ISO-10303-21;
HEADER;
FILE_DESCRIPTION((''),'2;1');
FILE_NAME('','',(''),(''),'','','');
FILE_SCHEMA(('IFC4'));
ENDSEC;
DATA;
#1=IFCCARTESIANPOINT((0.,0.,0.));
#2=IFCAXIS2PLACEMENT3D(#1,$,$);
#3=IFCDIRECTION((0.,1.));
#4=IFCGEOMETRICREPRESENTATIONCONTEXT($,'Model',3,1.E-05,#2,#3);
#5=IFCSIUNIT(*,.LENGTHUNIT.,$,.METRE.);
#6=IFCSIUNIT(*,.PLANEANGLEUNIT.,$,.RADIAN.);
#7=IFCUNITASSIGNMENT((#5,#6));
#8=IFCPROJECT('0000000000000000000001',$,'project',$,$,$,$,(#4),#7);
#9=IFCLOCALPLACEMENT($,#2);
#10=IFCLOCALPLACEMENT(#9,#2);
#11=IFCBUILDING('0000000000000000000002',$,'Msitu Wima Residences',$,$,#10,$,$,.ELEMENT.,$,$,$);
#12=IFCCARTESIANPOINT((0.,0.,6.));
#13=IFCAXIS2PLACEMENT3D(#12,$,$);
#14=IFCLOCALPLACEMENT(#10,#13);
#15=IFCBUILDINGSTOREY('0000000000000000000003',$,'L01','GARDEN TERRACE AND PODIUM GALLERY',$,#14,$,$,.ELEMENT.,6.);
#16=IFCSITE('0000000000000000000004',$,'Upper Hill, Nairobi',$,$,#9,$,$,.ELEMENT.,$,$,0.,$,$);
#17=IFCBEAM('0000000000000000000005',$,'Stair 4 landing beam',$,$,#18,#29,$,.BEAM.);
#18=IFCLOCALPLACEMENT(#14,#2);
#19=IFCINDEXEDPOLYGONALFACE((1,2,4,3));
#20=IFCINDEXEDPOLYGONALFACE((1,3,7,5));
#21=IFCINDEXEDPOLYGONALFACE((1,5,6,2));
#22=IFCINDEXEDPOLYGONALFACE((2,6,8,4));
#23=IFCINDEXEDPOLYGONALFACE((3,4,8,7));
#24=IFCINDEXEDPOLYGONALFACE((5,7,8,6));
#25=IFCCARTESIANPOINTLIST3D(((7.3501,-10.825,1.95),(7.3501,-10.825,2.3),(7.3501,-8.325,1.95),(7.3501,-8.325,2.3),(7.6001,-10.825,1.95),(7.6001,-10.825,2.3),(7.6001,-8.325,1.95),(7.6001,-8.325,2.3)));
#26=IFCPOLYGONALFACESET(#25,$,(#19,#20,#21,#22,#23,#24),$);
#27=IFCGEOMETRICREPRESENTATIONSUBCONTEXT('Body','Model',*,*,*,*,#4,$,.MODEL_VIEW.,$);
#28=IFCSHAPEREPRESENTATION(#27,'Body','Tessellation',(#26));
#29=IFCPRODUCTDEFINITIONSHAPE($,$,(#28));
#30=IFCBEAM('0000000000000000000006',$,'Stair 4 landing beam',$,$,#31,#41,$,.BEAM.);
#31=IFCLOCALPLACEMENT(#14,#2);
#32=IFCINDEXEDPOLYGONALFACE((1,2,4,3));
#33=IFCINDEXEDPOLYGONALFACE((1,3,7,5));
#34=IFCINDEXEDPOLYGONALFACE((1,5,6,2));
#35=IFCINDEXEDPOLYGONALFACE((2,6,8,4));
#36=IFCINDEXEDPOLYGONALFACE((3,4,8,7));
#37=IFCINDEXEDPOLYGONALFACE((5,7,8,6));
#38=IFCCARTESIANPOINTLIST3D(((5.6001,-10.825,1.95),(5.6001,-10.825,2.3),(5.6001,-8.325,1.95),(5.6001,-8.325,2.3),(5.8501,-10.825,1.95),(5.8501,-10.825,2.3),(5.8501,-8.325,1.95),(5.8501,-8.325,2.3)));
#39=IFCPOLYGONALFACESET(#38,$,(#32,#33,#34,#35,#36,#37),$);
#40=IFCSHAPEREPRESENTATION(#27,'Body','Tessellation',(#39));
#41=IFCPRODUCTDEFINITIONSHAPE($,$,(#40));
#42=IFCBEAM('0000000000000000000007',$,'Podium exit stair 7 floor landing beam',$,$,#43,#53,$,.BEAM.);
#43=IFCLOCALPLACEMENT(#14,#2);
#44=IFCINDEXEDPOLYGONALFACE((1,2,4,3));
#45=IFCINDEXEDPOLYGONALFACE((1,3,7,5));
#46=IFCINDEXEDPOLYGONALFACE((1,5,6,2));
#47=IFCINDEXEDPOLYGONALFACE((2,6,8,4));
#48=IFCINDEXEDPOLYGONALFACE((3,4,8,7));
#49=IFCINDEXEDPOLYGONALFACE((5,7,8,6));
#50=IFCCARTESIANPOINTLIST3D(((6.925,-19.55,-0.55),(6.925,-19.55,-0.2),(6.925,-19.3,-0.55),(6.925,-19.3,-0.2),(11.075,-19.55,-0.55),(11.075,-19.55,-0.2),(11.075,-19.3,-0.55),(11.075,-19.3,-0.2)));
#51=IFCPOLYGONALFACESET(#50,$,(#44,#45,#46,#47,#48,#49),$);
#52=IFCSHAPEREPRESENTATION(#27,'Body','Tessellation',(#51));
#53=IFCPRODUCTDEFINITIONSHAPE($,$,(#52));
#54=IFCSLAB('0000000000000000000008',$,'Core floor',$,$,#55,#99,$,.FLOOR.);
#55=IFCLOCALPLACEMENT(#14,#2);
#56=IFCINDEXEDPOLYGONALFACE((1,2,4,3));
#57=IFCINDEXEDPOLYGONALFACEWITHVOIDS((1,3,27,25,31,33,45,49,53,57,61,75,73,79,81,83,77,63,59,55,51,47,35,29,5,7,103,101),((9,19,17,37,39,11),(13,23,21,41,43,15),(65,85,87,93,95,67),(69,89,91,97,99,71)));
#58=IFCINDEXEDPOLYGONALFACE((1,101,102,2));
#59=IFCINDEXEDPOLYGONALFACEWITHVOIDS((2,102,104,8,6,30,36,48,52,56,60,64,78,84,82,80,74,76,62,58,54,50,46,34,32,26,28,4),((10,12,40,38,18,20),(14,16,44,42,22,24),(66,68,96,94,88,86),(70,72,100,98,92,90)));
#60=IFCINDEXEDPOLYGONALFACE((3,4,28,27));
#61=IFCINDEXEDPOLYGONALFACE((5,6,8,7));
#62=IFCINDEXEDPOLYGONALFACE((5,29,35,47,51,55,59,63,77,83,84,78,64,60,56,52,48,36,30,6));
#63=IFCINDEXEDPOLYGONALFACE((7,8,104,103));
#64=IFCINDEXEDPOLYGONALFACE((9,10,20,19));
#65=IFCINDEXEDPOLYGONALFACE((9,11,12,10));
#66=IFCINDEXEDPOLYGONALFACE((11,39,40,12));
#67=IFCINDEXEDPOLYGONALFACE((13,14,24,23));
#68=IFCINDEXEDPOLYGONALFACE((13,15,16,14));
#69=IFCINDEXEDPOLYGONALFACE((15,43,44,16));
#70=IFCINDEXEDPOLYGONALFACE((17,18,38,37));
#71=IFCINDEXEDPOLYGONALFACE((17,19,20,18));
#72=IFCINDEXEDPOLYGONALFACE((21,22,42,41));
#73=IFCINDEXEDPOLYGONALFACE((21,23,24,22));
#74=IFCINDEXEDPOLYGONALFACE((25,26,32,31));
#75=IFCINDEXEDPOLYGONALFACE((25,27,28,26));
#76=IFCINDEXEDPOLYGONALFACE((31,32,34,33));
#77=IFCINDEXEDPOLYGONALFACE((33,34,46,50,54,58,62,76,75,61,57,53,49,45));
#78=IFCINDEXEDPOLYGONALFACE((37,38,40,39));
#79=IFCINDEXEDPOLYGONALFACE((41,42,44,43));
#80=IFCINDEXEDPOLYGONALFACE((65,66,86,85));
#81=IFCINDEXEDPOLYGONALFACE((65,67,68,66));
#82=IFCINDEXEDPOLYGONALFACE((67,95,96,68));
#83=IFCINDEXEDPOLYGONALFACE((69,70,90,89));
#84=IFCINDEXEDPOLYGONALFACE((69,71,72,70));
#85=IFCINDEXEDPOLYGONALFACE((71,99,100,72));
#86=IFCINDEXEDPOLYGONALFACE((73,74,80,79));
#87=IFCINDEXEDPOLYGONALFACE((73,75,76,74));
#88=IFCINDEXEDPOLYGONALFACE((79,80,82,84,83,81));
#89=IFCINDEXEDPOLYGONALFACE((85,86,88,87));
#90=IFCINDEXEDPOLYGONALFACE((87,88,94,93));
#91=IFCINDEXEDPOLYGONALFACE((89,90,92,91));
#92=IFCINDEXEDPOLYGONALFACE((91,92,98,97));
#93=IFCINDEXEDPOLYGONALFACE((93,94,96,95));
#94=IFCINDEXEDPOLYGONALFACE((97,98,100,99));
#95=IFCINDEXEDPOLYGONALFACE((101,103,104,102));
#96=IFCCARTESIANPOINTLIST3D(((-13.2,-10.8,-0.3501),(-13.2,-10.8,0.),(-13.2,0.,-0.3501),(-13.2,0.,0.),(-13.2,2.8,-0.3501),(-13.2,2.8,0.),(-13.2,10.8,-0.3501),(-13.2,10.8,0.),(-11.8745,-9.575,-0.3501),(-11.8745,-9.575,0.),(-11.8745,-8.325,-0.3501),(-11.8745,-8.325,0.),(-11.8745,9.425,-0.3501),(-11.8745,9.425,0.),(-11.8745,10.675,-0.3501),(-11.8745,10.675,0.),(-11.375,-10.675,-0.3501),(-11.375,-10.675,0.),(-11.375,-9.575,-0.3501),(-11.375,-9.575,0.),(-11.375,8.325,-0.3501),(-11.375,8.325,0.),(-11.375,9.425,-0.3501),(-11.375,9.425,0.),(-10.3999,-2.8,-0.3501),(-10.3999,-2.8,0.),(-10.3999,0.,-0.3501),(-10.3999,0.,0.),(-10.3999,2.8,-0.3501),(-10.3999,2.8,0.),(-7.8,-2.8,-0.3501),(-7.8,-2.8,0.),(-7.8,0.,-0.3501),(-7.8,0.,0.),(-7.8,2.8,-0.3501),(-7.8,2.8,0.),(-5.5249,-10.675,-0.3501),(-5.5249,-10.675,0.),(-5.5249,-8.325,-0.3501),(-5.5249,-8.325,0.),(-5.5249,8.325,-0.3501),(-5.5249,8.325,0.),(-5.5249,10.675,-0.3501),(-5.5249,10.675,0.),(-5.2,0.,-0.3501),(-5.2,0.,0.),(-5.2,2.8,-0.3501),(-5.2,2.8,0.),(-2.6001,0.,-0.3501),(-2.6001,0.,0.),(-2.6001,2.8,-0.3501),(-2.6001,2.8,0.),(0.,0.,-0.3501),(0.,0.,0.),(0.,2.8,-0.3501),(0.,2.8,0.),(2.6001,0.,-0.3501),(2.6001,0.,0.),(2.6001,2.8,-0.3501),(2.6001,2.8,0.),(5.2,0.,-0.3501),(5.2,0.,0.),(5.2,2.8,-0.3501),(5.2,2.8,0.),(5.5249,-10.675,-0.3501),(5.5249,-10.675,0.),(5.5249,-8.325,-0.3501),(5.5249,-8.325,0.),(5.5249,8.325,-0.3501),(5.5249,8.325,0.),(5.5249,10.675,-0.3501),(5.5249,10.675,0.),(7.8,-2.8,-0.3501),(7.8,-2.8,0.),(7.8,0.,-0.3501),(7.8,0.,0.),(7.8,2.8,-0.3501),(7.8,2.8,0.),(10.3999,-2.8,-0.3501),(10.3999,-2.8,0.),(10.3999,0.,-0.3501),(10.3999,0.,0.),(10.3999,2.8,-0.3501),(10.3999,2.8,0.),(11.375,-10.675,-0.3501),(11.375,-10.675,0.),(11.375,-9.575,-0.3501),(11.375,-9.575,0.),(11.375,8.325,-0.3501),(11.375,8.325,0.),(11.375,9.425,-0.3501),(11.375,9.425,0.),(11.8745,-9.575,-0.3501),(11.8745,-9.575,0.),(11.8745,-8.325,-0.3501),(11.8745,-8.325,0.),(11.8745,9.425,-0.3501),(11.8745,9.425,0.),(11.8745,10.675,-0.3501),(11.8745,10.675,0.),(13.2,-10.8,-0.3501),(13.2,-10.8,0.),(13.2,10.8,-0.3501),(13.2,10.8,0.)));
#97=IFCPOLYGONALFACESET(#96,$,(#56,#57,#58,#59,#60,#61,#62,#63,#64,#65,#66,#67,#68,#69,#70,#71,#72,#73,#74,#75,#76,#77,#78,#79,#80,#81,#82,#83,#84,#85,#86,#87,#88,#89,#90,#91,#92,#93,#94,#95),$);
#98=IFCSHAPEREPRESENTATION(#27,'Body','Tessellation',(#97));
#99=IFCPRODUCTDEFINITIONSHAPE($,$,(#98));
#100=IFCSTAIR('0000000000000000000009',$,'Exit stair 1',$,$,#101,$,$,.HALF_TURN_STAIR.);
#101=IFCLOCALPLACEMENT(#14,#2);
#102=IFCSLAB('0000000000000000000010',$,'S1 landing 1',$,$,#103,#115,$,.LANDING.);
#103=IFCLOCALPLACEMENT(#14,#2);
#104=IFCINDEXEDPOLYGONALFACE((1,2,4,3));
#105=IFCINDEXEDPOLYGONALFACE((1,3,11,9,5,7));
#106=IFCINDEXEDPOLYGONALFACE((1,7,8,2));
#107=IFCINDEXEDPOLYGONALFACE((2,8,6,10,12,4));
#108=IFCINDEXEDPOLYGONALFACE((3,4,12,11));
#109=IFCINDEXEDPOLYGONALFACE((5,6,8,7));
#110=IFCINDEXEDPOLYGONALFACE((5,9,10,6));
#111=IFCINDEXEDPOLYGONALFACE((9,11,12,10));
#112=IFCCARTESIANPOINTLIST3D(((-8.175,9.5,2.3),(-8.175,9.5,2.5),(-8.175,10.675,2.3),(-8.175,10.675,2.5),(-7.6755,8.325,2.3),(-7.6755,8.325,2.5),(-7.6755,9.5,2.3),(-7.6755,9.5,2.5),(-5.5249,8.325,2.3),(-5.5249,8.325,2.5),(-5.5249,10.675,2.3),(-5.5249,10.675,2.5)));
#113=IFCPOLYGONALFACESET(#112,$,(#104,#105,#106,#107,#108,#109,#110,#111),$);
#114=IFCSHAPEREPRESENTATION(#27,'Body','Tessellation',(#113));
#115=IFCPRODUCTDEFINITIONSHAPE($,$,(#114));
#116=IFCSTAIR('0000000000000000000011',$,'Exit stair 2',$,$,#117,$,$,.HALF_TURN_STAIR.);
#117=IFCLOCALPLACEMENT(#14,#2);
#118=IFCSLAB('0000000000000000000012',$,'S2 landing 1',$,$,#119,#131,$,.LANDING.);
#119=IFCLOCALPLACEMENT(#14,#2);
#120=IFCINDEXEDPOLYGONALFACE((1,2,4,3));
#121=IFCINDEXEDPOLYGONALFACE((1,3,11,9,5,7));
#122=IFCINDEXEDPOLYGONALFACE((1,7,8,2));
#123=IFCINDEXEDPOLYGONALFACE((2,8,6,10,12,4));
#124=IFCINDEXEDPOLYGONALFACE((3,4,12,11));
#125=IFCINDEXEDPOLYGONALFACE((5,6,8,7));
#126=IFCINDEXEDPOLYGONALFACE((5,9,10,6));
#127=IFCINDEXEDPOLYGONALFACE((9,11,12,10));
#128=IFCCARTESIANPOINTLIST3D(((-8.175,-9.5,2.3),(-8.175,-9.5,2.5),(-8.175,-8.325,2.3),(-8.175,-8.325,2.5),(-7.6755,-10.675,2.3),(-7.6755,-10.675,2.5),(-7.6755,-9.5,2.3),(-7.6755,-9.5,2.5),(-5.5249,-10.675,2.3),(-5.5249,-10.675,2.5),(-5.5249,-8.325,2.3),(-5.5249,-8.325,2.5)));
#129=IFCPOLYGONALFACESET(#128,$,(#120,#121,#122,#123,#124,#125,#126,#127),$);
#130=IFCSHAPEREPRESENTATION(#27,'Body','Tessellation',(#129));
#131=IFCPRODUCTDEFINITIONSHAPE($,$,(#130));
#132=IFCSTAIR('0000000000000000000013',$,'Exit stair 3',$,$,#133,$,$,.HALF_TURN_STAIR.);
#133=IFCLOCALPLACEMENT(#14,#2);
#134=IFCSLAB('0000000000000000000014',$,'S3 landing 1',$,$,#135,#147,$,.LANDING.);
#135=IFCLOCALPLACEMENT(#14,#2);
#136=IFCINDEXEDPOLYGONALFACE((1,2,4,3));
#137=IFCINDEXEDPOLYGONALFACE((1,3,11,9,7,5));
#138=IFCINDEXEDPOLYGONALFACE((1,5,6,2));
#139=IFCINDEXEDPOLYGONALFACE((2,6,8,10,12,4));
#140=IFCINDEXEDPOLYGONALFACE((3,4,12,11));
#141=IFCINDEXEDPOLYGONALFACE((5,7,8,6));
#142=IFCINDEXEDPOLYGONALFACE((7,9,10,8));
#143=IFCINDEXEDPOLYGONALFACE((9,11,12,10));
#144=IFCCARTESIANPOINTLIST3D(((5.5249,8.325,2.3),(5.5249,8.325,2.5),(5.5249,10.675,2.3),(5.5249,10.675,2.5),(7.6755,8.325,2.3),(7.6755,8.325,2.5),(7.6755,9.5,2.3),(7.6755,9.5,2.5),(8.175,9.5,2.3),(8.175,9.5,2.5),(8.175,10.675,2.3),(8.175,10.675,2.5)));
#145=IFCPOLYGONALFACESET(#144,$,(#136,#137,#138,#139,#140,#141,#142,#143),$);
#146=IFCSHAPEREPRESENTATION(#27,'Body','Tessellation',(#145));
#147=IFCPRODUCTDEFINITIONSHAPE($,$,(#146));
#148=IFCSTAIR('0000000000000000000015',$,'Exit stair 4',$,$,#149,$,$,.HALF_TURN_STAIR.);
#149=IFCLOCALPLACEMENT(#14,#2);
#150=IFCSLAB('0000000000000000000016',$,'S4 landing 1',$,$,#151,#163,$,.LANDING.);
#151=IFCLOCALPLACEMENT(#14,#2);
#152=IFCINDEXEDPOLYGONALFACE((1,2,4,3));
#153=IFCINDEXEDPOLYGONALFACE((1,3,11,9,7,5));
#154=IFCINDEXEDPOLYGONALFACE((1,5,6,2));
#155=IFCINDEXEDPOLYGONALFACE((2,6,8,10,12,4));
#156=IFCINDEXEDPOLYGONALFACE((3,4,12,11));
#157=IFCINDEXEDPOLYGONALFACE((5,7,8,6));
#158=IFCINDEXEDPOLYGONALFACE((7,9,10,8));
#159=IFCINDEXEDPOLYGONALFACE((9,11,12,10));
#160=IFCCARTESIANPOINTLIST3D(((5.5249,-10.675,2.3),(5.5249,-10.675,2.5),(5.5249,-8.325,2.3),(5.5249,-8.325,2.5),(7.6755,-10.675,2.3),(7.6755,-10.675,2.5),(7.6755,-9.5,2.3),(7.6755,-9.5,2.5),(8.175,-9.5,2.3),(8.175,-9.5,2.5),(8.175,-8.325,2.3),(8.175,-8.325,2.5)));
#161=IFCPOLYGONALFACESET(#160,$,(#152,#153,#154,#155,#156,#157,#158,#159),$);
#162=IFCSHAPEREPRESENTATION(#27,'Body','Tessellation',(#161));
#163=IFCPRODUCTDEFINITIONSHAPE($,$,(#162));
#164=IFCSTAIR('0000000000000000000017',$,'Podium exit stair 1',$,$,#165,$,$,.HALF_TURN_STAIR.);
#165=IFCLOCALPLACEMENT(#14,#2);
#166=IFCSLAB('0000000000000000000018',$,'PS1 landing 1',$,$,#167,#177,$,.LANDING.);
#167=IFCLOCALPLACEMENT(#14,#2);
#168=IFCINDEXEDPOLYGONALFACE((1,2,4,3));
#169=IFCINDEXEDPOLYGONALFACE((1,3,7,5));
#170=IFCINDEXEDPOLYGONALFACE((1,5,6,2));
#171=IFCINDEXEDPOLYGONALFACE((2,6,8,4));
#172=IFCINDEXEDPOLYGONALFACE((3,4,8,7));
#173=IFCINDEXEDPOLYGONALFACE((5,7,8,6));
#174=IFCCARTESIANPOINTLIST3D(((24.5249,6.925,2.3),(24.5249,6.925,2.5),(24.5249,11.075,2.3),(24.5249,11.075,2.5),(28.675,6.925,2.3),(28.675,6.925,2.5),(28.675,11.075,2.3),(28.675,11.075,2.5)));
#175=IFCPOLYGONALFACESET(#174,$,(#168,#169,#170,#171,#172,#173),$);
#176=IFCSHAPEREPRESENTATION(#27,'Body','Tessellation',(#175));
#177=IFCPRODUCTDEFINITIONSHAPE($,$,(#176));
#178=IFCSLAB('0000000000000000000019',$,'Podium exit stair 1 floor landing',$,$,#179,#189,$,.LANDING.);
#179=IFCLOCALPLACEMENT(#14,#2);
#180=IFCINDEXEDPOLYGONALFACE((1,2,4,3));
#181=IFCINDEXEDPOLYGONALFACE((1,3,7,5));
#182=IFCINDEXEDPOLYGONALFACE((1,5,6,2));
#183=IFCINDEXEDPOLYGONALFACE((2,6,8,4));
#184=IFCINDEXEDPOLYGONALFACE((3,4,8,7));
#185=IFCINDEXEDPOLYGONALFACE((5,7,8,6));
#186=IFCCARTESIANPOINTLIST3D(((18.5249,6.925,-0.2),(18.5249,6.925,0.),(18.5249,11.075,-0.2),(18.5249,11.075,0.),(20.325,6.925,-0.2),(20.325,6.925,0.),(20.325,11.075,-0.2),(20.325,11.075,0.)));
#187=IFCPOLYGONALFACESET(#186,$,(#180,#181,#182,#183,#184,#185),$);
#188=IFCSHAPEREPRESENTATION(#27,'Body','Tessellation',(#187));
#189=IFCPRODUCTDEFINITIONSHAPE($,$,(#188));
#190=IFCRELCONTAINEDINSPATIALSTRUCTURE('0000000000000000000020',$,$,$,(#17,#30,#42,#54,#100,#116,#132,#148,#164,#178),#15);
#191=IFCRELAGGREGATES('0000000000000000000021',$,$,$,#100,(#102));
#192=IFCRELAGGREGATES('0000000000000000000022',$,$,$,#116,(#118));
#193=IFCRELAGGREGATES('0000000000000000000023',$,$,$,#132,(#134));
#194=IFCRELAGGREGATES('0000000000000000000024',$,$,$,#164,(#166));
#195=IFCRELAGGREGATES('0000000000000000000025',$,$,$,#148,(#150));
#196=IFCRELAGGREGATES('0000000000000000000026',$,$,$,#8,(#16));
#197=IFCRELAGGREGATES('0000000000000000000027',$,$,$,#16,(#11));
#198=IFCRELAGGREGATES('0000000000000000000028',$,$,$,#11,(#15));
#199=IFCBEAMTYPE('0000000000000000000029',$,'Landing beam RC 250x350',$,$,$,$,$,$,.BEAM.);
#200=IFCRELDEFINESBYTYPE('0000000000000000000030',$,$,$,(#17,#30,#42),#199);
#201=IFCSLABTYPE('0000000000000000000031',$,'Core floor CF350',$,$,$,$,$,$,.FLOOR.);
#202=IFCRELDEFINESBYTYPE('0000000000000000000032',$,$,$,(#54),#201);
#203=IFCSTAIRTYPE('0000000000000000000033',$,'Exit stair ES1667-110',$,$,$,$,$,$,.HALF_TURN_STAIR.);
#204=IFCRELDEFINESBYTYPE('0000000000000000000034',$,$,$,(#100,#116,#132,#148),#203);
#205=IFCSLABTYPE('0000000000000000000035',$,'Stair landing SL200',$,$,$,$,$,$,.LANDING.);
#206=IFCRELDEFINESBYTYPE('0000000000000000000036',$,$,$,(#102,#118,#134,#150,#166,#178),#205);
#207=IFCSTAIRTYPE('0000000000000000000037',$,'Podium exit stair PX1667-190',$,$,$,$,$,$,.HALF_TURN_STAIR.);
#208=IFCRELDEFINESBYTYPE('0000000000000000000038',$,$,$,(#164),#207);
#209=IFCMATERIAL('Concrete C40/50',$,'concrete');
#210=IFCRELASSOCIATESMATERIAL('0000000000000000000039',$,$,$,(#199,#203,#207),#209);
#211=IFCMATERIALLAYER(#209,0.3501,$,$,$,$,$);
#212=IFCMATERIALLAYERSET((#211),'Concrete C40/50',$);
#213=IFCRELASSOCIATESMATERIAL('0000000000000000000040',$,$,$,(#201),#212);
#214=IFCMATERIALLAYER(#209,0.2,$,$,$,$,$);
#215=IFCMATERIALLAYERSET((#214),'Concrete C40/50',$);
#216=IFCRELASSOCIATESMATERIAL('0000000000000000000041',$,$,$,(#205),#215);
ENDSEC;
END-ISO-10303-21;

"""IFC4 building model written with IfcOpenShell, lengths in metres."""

from ifc_helpers import new_model, si_unit, direction, frame, origin, origin_2d, place, context, subcontext, project, spatial, polyline, rectangle, outline, extrude, material, layer, layer_set, material_profile, profile_set, type_object, element, aggregate, save


model = new_model("IFC4")

# Units and contexts
model_context = context("Model", 3, precision=1e-05, world=origin(), true_north=direction((0.0, 1.0)))
body_context = subcontext(model_context, "Body", "Model", "MODEL_VIEW")
ifc_project = project(units=[si_unit("LENGTHUNIT", "METRE"), si_unit("PLANEANGLEUNIT", "RADIAN")], contexts=[model_context])

# Site, building, storey
site_placement = place(None, origin())
site = spatial("IfcSite", under=ifc_project, at=site_placement, Name="Upper Hill, Nairobi", CompositionType="ELEMENT", RefElevation=0.0)
building_placement = place(site_placement, origin())
building = spatial("IfcBuilding", under=site, at=building_placement, Name="Msitu Wima Residences", CompositionType="ELEMENT")
storey_placement = place(building_placement, frame((0.0, 0.0, 6.0)))
storey = spatial("IfcBuildingStorey", under=building, at=storey_placement, Name="L01", Description="GARDEN TERRACE AND PODIUM GALLERY", CompositionType="ELEMENT", Elevation=6.0)

# Beams
ifc_material_1 = material(Name="Concrete C40/50", Category="concrete")
ifc_material_profile = material_profile(ifc_material_1, rectangle(XDim=0.25, YDim=0.3501, at=origin_2d()), Name="RC 250x350")
ifc_profile_set = profile_set([ifc_material_profile], Name="Concrete C40/50")
beam_type = type_object("IfcBeamType", Name="Landing beam RC 250x350", PredefinedType="BEAM", material=ifc_profile_set)
for number, where, z_axis, x_axis, name in (
    (1, (7.4751, -10.825, 2.125), (0.0, 1.0, 0.0), (-1.0, 0.0, 0.0), "Stair 4 landing beam"),
    (2, (5.7251, -10.825, 2.125), (0.0, 1.0, 0.0), (-1.0, 0.0, 0.0), "Stair 4 landing beam"),
):
    element("IfcBeam", number, at=place(storey_placement, frame(where, z_axis=z_axis, x_axis=x_axis)), inside=storey, type_object=beam_type, Name=name, PredefinedType="BEAM", context=body_context, shape_type="SweptSolid", body=[
        extrude(rectangle(XDim=0.25, YDim=0.3501, at=origin_2d()), origin(), (0.0, 0.0, 1.0), 2.5),
    ])
beam_placement = place(storey_placement, frame((6.925, -19.425, -0.375), z_axis=(1.0, 0.0, 0.0), x_axis=(0.0, 1.0, 0.0)))
element("IfcBeam", 3, at=beam_placement, inside=storey, type_object=beam_type, Name="Podium exit stair 7 floor landing beam", PredefinedType="BEAM", context=body_context, shape_type="SweptSolid", body=[
    extrude(rectangle(XDim=0.25, YDim=0.3501, at=origin_2d()), origin(), (0.0, 0.0, 1.0), 4.1499),
])

# Slab
ifc_layer_1 = layer(ifc_material_1, 0.3501)
ifc_layer_set_1 = layer_set([ifc_layer_1], Name="Concrete C40/50")
slab_type_1 = type_object("IfcSlabType", Name="Core floor CF350", PredefinedType="FLOOR", material=ifc_layer_set_1)
slab_1_placement = place(storey_placement, frame((0.0, 0.0, -0.3501)))
element("IfcSlab", 4, at=slab_1_placement, inside=storey, type_object=slab_type_1, Name="Core floor", PredefinedType="FLOOR", context=body_context, shape_type="SweptSolid", body=[
    extrude(outline(polyline([(-13.2, 10.8), (-13.2, 2.8), (-10.3999, 2.8), (-7.8, 2.8), (-5.2, 2.8), (-2.6001, 2.8), (0.0, 2.8), (2.6001, 2.8), (5.2, 2.8), (7.8, 2.8), (10.3999, 2.8), (10.3999, 0.0), (10.3999, -2.8), (7.8, -2.8), (7.8, 0.0), (5.2, 0.0), (2.6001, 0.0), (0.0, 0.0), (-2.6001, 0.0), (-5.2, 0.0), (-7.8, 0.0), (-7.8, -2.8), (-10.3999, -2.8), (-10.3999, 0.0), (-13.2, 0.0), (-13.2, -10.8), (13.2, -10.8), (13.2, 10.8), (-13.2, 10.8)]), holes=[polyline([(-11.375, -10.675), (-11.375, -9.575), (-11.8745, -9.575), (-11.8745, -8.325), (-5.5249, -8.325), (-5.5249, -10.675), (-11.375, -10.675)]), polyline([(-11.375, 9.425), (-11.8745, 9.425), (-11.8745, 10.675), (-5.5249, 10.675), (-5.5249, 8.325), (-11.375, 8.325), (-11.375, 9.425)]), polyline([(11.375, -9.575), (11.375, -10.675), (5.5249, -10.675), (5.5249, -8.325), (11.8745, -8.325), (11.8745, -9.575), (11.375, -9.575)]), polyline([(11.375, 9.425), (11.375, 8.325), (5.5249, 8.325), (5.5249, 10.675), (11.8745, 10.675), (11.8745, 9.425), (11.375, 9.425)])]), origin(), (0.0, 0.0, 1.0), 0.3501),
])

# Stairs, slabs
stair_type_1 = type_object("IfcStairType", Name="Exit stair ES1667-110", PredefinedType="HALF_TURN_STAIR", material=ifc_material_1)
stair_1_placement = place(storey_placement, origin())
stair_1 = element("IfcStair", 5, at=stair_1_placement, inside=storey, type_object=stair_type_1, Name="Exit stair 1", PredefinedType="HALF_TURN_STAIR")
ifc_layer_2 = layer(ifc_material_1, 0.2)
ifc_layer_set_2 = layer_set([ifc_layer_2], Name="Concrete C40/50")
slab_type_2 = type_object("IfcSlabType", Name="Stair landing SL200", PredefinedType="LANDING", material=ifc_layer_set_2)
slab_2_placement = place(storey_placement, frame((0.0, 0.0, 2.3)))
slab_2 = element("IfcSlab", 6, at=slab_2_placement, type_object=slab_type_2, Name="S1 landing 1", PredefinedType="LANDING", context=body_context, shape_type="SweptSolid", body=[
    extrude(outline(polyline([(-5.5249, 8.325), (-7.6755, 8.325), (-7.6755, 9.5), (-8.175, 9.5), (-8.175, 10.675), (-5.5249, 10.675), (-5.5249, 8.325)])), origin(), (0.0, 0.0, 1.0), 0.2),
])
aggregate(stair_1, [slab_2])
stair_2_placement = place(storey_placement, origin())
stair_2 = element("IfcStair", 7, at=stair_2_placement, inside=storey, type_object=stair_type_1, Name="Exit stair 2", PredefinedType="HALF_TURN_STAIR")
slab_3_placement = place(storey_placement, frame((0.0, 0.0, 2.3)))
slab_3 = element("IfcSlab", 8, at=slab_3_placement, type_object=slab_type_2, Name="S2 landing 1", PredefinedType="LANDING", context=body_context, shape_type="SweptSolid", body=[
    extrude(outline(polyline([(-5.5249, -10.675), (-7.6755, -10.675), (-7.6755, -9.5), (-8.175, -9.5), (-8.175, -8.325), (-5.5249, -8.325), (-5.5249, -10.675)])), origin(), (0.0, 0.0, 1.0), 0.2),
])
aggregate(stair_2, [slab_3])
stair_3_placement = place(storey_placement, origin())
stair_3 = element("IfcStair", 9, at=stair_3_placement, inside=storey, type_object=stair_type_1, Name="Exit stair 3", PredefinedType="HALF_TURN_STAIR")
slab_4_placement = place(storey_placement, frame((0.0, 0.0, 2.3)))
slab_4 = element("IfcSlab", 10, at=slab_4_placement, type_object=slab_type_2, Name="S3 landing 1", PredefinedType="LANDING", context=body_context, shape_type="SweptSolid", body=[
    extrude(outline(polyline([(5.5249, 8.325), (7.6755, 8.325), (7.6755, 9.5), (8.175, 9.5), (8.175, 10.675), (5.5249, 10.675), (5.5249, 8.325)])), origin(), (0.0, 0.0, 1.0), 0.2),
])
aggregate(stair_3, [slab_4])
stair_4_placement = place(storey_placement, origin())
stair_4 = element("IfcStair", 11, at=stair_4_placement, inside=storey, type_object=stair_type_1, Name="Exit stair 4", PredefinedType="HALF_TURN_STAIR")
slab_5_placement = place(storey_placement, frame((0.0, 0.0, 2.3)))
slab_5 = element("IfcSlab", 12, at=slab_5_placement, type_object=slab_type_2, Name="S4 landing 1", PredefinedType="LANDING", context=body_context, shape_type="SweptSolid", body=[
    extrude(outline(polyline([(5.5249, -10.675), (7.6755, -10.675), (7.6755, -9.5), (8.175, -9.5), (8.175, -8.325), (5.5249, -8.325), (5.5249, -10.675)])), origin(), (0.0, 0.0, 1.0), 0.2),
])
stair_type_2 = type_object("IfcStairType", Name="Podium exit stair PX1667-190", PredefinedType="HALF_TURN_STAIR", material=ifc_material_1)
stair_5_placement = place(storey_placement, origin())
stair_5 = element("IfcStair", 13, at=stair_5_placement, inside=storey, type_object=stair_type_2, Name="Podium exit stair 1", PredefinedType="HALF_TURN_STAIR")
slab_6_placement = place(storey_placement, frame((0.0, 0.0, 2.3)))
slab_6 = element("IfcSlab", 14, at=slab_6_placement, type_object=slab_type_2, Name="PS1 landing 1", PredefinedType="LANDING", context=body_context, shape_type="SweptSolid", body=[
    extrude(outline(polyline([(24.5249, 6.925), (28.675, 6.925), (28.675, 11.075), (24.5249, 11.075), (24.5249, 6.925)])), origin(), (0.0, 0.0, 1.0), 0.2),
])
aggregate(stair_5, [slab_6])

# Slab
slab_7_placement = place(storey_placement, frame((0.0, 0.0, -0.2)))
element("IfcSlab", 15, at=slab_7_placement, inside=storey, type_object=slab_type_2, Name="Podium exit stair 1 floor landing", PredefinedType="LANDING", context=body_context, shape_type="SweptSolid", body=[
    extrude(outline(polyline([(18.5249, 6.925), (20.325, 6.925), (20.325, 11.075), (18.5249, 11.075), (18.5249, 6.925)])), origin(), (0.0, 0.0, 1.0), 0.2),
])

aggregate(stair_4, [slab_5])

save(model, "model.ifc")
